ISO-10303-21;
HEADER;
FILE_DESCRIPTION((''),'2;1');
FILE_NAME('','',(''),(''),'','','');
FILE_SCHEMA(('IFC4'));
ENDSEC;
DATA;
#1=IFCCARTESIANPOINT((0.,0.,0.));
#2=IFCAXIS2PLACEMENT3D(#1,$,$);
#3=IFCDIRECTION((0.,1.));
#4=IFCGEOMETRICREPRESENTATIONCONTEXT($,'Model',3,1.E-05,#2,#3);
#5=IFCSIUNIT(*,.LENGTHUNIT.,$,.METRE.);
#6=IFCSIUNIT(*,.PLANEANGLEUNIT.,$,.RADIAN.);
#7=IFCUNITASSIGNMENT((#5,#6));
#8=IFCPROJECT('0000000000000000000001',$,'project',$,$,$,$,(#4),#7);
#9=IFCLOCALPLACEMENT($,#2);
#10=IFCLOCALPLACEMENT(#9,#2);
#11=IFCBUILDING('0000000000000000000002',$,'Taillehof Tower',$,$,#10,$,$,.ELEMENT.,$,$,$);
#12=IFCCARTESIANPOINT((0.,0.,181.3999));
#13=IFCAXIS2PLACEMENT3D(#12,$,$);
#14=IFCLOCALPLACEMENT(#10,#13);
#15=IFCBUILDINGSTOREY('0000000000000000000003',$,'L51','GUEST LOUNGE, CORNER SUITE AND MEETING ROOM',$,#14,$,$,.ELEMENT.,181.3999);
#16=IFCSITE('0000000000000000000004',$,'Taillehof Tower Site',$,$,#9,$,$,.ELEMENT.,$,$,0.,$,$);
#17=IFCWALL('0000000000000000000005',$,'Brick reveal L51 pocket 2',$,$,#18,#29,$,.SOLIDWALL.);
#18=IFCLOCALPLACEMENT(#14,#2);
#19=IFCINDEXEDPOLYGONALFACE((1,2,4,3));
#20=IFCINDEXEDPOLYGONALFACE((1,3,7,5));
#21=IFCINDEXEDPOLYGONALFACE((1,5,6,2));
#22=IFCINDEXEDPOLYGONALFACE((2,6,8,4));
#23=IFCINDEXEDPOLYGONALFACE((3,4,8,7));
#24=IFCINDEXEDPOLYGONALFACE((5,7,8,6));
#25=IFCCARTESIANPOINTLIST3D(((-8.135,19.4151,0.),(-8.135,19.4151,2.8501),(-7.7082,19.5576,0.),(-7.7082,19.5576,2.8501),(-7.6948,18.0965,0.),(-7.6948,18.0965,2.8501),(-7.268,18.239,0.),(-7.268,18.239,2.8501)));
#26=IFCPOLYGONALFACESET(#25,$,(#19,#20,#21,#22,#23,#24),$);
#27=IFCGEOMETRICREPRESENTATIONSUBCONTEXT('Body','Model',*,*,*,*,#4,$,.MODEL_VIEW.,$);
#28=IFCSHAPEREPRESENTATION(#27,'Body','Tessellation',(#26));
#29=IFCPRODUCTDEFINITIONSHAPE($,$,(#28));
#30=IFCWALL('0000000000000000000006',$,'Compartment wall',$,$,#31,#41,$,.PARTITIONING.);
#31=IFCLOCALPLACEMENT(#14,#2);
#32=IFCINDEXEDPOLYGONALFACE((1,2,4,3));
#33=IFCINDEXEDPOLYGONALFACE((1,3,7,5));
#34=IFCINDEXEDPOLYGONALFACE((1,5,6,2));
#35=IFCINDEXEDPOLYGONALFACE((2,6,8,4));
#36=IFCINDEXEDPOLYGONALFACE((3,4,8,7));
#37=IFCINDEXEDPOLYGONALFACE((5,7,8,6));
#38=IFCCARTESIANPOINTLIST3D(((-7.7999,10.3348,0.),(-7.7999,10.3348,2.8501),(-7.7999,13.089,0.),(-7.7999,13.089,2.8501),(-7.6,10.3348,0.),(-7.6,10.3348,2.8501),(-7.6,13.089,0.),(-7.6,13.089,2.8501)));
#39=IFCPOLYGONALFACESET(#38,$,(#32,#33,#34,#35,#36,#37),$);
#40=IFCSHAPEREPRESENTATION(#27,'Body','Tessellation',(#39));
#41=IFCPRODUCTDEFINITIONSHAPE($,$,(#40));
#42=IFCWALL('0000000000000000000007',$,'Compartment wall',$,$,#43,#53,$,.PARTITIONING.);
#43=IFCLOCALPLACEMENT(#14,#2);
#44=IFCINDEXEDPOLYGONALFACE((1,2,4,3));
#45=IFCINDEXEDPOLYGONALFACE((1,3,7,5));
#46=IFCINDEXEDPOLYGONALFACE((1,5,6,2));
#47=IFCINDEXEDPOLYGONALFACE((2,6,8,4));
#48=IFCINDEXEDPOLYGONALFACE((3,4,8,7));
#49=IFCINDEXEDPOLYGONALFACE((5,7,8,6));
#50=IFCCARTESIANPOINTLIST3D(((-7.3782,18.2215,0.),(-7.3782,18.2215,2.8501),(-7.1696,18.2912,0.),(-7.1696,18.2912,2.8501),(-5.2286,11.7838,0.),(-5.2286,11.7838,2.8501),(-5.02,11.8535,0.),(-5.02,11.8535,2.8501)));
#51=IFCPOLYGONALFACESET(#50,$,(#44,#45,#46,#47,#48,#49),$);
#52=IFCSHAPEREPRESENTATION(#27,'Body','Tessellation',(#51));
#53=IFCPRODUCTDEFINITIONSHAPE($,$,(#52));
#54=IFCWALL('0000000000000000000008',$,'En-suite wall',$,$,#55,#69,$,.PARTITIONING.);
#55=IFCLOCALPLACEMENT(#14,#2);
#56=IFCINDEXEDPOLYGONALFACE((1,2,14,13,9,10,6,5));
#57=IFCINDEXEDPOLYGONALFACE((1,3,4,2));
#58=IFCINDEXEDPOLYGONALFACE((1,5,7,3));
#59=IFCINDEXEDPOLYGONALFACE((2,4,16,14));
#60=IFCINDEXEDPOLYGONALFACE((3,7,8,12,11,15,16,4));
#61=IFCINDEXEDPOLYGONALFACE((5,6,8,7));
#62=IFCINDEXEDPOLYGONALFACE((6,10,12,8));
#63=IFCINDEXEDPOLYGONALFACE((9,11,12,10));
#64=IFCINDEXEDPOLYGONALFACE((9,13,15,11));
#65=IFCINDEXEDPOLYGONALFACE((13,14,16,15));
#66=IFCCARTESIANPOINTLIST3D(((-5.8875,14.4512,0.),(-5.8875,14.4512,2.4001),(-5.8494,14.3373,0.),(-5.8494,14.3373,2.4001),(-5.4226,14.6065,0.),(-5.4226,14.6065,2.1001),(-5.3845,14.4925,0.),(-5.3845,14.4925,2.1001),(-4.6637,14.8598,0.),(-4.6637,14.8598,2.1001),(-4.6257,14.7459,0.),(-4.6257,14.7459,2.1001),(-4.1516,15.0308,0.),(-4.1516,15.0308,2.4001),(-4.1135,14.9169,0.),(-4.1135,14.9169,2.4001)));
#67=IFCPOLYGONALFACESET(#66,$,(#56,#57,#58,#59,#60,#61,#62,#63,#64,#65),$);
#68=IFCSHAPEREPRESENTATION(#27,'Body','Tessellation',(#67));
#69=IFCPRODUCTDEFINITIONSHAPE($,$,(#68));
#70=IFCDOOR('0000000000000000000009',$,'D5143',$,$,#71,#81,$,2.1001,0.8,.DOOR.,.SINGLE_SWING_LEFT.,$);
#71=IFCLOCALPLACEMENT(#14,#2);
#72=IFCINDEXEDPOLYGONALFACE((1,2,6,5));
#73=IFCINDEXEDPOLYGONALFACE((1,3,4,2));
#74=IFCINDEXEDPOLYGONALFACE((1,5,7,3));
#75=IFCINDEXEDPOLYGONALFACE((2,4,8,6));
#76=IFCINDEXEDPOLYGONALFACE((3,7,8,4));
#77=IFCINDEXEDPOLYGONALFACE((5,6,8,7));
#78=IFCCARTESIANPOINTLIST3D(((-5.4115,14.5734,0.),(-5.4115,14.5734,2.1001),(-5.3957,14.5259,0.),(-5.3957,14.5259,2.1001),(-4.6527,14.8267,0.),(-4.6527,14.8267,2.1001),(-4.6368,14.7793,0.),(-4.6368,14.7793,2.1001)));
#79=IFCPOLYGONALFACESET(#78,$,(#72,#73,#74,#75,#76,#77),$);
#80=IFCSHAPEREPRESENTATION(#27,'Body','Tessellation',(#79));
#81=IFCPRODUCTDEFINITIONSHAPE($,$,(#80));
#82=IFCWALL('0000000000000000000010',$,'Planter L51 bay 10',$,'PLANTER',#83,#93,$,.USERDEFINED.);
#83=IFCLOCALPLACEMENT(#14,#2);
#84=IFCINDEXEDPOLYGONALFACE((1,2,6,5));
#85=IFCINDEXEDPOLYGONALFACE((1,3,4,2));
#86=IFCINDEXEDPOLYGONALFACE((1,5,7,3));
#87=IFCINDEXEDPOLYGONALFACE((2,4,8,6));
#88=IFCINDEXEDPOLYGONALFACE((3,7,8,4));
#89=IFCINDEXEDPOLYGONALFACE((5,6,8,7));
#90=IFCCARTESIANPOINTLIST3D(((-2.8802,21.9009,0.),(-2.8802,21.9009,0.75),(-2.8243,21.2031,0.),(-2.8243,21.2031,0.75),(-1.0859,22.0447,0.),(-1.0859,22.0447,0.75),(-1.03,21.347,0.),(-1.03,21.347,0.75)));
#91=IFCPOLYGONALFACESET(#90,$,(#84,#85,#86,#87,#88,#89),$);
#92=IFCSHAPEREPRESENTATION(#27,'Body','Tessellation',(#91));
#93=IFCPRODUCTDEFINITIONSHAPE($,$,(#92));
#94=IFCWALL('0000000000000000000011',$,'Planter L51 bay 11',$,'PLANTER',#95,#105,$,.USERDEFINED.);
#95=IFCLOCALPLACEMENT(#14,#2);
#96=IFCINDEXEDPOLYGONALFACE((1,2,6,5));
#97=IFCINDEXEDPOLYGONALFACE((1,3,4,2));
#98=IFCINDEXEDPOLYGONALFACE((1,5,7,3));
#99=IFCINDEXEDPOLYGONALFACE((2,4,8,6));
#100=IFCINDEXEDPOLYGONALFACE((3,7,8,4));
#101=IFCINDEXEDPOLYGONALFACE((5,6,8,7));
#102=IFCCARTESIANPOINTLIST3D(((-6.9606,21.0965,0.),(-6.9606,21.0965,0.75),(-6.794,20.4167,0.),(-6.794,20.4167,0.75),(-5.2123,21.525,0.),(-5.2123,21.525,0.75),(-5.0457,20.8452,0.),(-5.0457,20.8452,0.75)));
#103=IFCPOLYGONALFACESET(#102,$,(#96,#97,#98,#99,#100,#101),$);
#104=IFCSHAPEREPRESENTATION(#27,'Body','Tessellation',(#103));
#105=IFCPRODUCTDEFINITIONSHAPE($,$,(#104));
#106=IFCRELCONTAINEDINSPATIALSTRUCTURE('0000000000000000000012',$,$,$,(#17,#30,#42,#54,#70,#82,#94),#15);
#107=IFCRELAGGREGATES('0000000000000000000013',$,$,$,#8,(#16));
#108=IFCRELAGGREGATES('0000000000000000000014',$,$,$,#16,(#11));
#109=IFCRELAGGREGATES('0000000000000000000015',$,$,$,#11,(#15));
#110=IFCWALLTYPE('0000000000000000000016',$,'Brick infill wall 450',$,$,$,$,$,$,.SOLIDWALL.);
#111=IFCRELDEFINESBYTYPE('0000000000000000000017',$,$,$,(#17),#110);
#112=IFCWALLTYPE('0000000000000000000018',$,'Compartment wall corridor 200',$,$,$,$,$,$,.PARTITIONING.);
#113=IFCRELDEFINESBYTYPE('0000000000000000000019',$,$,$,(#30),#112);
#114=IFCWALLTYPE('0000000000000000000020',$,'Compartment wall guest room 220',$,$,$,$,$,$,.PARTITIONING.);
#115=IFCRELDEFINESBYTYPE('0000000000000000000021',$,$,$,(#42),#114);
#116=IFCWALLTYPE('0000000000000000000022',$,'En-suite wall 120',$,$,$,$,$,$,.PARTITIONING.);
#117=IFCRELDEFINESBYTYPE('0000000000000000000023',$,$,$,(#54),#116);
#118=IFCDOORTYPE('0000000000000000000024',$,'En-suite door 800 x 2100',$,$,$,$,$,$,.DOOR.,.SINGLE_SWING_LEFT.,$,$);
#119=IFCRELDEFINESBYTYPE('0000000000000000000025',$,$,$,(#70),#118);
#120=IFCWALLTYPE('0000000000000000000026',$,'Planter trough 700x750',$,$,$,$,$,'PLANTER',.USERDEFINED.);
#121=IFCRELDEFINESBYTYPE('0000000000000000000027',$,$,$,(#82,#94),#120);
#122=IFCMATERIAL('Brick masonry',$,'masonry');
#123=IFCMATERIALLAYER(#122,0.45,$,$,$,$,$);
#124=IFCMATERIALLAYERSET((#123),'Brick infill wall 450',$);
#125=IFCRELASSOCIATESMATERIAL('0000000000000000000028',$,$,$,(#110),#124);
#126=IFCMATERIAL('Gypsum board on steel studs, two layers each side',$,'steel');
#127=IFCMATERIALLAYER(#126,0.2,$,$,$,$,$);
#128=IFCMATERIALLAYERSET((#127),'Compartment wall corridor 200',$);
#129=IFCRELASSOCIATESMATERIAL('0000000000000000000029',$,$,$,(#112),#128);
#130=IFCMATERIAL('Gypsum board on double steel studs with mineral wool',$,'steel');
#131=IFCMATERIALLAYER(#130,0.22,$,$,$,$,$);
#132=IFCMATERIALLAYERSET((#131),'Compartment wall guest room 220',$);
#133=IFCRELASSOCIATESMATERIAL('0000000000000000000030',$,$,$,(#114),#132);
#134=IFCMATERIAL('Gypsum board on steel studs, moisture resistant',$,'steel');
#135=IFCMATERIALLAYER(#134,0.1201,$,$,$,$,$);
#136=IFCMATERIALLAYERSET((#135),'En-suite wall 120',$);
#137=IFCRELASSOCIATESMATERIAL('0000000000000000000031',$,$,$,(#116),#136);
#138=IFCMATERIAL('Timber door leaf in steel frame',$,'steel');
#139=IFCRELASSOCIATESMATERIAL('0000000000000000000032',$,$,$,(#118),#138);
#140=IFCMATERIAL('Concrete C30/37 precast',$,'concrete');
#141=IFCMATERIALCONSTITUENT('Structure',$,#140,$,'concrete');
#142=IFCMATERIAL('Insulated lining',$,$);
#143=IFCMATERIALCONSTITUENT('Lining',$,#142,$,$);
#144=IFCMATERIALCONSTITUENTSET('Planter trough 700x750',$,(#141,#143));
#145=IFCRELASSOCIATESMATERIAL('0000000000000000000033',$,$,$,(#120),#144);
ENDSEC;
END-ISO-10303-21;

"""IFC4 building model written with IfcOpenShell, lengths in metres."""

from ifc_helpers import new_model, si_unit, direction, frame, frame_2d, origin, place, context, subcontext, project, spatial, rectangle, extrude, material, layer, layer_set, constituent, constituent_set, type_object, element, fill, save


model = new_model("IFC4")

# Units and contexts
model_context = context("Model", 3, precision=1e-05, world=origin(), true_north=direction((0.0, 1.0)))
body_context = subcontext(model_context, "Body", "Model", "MODEL_VIEW")
ifc_project = project(units=[si_unit("LENGTHUNIT", "METRE"), si_unit("PLANEANGLEUNIT", "RADIAN")], contexts=[model_context])

# Site, building, storey
site_placement = place(None, origin())
site = spatial("IfcSite", under=ifc_project, at=site_placement, Name="Taillehof Tower Site", CompositionType="ELEMENT", RefElevation=0.0)
building_placement = place(site_placement, origin())
building = spatial("IfcBuilding", under=site, at=building_placement, Name="Taillehof Tower", CompositionType="ELEMENT")
storey_placement = place(building_placement, frame((0.0, 0.0, 181.3999)))
storey = spatial("IfcBuildingStorey", under=building, at=storey_placement, Name="L51", Description="GUEST LOUNGE, CORNER SUITE AND MEETING ROOM", CompositionType="ELEMENT", Elevation=181.3999)

# Shared definitions
ifc_material_1 = material(Name="Brick masonry", Category="masonry")
ifc_layer_1 = layer(ifc_material_1, 0.45)
ifc_layer_set_1 = layer_set([ifc_layer_1], Name="Brick infill wall 450")
wall_type_1 = type_object("IfcWallType", Name="Brick infill wall 450", PredefinedType="SOLIDWALL", material=ifc_layer_set_1)

# Wall
wall_1_placement = place(storey_placement, frame((-7.9216, 19.4863, 0.0), z_axis=(0.0, 0.0, 1.0), x_axis=(0.316649, -0.948543, 0.0)))
element("IfcWall", 1, at=wall_1_placement, inside=storey, type_object=wall_type_1, Name="Brick reveal L51 pocket 2", PredefinedType="SOLIDWALL", context=body_context, shape_type="SweptSolid", body=[
    extrude(rectangle(XDim=1.3901, YDim=0.45, at=frame_2d((0.6951, 0.0))), origin(), (0.0, 0.0, 1.0), 2.8501),
])

# Walls
ifc_material_2 = material(Name="Gypsum board on steel studs, two layers each side", Category="steel")
ifc_layer_2 = layer(ifc_material_2, 0.2)
ifc_layer_set_2 = layer_set([ifc_layer_2], Name="Compartment wall corridor 200")
wall_type_2 = type_object("IfcWallType", Name="Compartment wall corridor 200", PredefinedType="PARTITIONING", material=ifc_layer_set_2)
wall_2_placement = place(storey_placement, frame((-7.7, 13.0889, 0.0), z_axis=(0.0, 0.0, 1.0), x_axis=(0.0, -1.0, 0.0)))
element("IfcWall", 2, at=wall_2_placement, inside=storey, type_object=wall_type_2, Name="Compartment wall", PredefinedType="PARTITIONING", context=body_context, shape_type="SweptSolid", body=[
    extrude(rectangle(XDim=2.7542, YDim=0.2, at=frame_2d((1.377, 0.0))), origin(), (0.0, 0.0, 1.0), 2.8501),
])
ifc_material_3 = material(Name="Gypsum board on double steel studs with mineral wool", Category="steel")
ifc_layer_3 = layer(ifc_material_3, 0.22)
ifc_layer_set_3 = layer_set([ifc_layer_3], Name="Compartment wall guest room 220")
wall_type_3 = type_object("IfcWallType", Name="Compartment wall guest room 220", PredefinedType="PARTITIONING", material=ifc_layer_set_3)
wall_3_placement = place(storey_placement, frame((-7.2739, 18.2563, 0.0), z_axis=(0.0, 0.0, 1.0), x_axis=(0.316724, -0.948518, 0.0)))
element("IfcWall", 3, at=wall_3_placement, inside=storey, type_object=wall_type_3, Name="Compartment wall", PredefinedType="PARTITIONING", context=body_context, shape_type="SweptSolid", body=[
    extrude(rectangle(XDim=6.7871, YDim=0.22, at=frame_2d((3.3936, 0.0))), origin(), (0.0, 0.0, 1.0), 2.8501),
])

# Wall, opening, door
ifc_material_4 = material(Name="Gypsum board on steel studs, moisture resistant", Category="steel")
ifc_layer_4 = layer(ifc_material_4, 0.1201)
ifc_layer_set_4 = layer_set([ifc_layer_4], Name="En-suite wall 120")
wall_type_4 = type_object("IfcWallType", Name="En-suite wall 120", PredefinedType="PARTITIONING", material=ifc_layer_set_4)
wall_4_placement = place(storey_placement, frame((-4.1326, 14.9739, 0.0), z_axis=(0.0, 0.0, 1.0), x_axis=(-0.948523, -0.316708, 0.0)))
wall_4 = element("IfcWall", 4, at=wall_4_placement, inside=storey, type_object=wall_type_4, Name="En-suite wall", PredefinedType="PARTITIONING", context=body_context, shape_type="SweptSolid", body=[
    extrude(rectangle(XDim=1.8301, YDim=0.1201, at=frame_2d((0.915, 0.0))), origin(), (0.0, 0.0, 1.0), 2.4001),
])
opening_1_placement = place(wall_4_placement, frame((0.54, 0.0, 0.0)))
opening_1 = element("IfcOpeningElement", 5, at=opening_1_placement, cuts=wall_4, PredefinedType="OPENING", context=body_context, shape_type="SweptSolid", body=[
    extrude(rectangle(XDim=0.8, YDim=2.1001, at=frame_2d((0.3999, 1.05))), frame((0.0, 0.0701, 0.0), z_axis=(0.0, -1.0, 0.0), x_axis=(1.0, 0.0, 0.0)), (0.0, 0.0, 1.0), 0.1401),
])
ifc_material_5 = material(Name="Timber door leaf in steel frame", Category="steel")
door_type_1 = type_object("IfcDoorType", Name="En-suite door 800 x 2100", OperationType="SINGLE_SWING_LEFT", PredefinedType="DOOR", material=ifc_material_5)
door_1_placement = place(opening_1_placement, origin())
door_1 = element("IfcDoor", 6, at=door_1_placement, inside=storey, type_object=door_type_1, Name="D5143", OperationType="SINGLE_SWING_LEFT", OverallHeight=2.1001, OverallWidth=0.8, PredefinedType="DOOR", context=body_context, shape_type="SweptSolid", body=[
    extrude(rectangle(XDim=0.8, YDim=2.1001, at=frame_2d((0.3999, 1.05))), frame((0.0, 0.0249, 0.0), z_axis=(0.0, -1.0, 0.0), x_axis=(1.0, 0.0, 0.0)), (0.0, 0.0, 1.0), 0.05),
])
fill(opening_1, door_1)

# Walls
ifc_material_6 = material(Name="Concrete C30/37 precast", Category="concrete")
ifc_constituent_1 = constituent(ifc_material_6, Name="Structure", Category="concrete")
ifc_material_7 = material(Name="Insulated lining")
ifc_constituent_2 = constituent(ifc_material_7, Name="Lining")
ifc_constituent_set = constituent_set(constituents=[ifc_constituent_1, ifc_constituent_2], Name="Planter trough 700x750")
wall_type_5 = type_object("IfcWallType", Name="Planter trough 700x750", ElementType="PLANTER", PredefinedType="USERDEFINED", material=ifc_constituent_set)
for number, where, z_axis, x_axis, name in (
    (7, (-1.0581, 21.6958, 0.0), (0.0, 0.0, 1.0), (-0.996804, -0.079891, 0.0), "Planter L51 bay 10"),
    (8, (-5.1292, 21.1851, 0.0), (0.0, 0.0, 1.0), (-0.971257, -0.238033, 0.0), "Planter L51 bay 11"),
):
    element("IfcWall", number, at=place(storey_placement, frame(where, z_axis=z_axis, x_axis=x_axis)), inside=storey, type_object=wall_type_5, Name=name, ObjectType="PLANTER", PredefinedType="USERDEFINED", context=body_context, shape_type="SweptSolid", body=[
        extrude(rectangle(XDim=1.8, YDim=0.7, at=frame_2d((0.8999, 0.0))), origin(), (0.0, 0.0, 1.0), 0.75),
    ])

save(model, "model.ifc")
